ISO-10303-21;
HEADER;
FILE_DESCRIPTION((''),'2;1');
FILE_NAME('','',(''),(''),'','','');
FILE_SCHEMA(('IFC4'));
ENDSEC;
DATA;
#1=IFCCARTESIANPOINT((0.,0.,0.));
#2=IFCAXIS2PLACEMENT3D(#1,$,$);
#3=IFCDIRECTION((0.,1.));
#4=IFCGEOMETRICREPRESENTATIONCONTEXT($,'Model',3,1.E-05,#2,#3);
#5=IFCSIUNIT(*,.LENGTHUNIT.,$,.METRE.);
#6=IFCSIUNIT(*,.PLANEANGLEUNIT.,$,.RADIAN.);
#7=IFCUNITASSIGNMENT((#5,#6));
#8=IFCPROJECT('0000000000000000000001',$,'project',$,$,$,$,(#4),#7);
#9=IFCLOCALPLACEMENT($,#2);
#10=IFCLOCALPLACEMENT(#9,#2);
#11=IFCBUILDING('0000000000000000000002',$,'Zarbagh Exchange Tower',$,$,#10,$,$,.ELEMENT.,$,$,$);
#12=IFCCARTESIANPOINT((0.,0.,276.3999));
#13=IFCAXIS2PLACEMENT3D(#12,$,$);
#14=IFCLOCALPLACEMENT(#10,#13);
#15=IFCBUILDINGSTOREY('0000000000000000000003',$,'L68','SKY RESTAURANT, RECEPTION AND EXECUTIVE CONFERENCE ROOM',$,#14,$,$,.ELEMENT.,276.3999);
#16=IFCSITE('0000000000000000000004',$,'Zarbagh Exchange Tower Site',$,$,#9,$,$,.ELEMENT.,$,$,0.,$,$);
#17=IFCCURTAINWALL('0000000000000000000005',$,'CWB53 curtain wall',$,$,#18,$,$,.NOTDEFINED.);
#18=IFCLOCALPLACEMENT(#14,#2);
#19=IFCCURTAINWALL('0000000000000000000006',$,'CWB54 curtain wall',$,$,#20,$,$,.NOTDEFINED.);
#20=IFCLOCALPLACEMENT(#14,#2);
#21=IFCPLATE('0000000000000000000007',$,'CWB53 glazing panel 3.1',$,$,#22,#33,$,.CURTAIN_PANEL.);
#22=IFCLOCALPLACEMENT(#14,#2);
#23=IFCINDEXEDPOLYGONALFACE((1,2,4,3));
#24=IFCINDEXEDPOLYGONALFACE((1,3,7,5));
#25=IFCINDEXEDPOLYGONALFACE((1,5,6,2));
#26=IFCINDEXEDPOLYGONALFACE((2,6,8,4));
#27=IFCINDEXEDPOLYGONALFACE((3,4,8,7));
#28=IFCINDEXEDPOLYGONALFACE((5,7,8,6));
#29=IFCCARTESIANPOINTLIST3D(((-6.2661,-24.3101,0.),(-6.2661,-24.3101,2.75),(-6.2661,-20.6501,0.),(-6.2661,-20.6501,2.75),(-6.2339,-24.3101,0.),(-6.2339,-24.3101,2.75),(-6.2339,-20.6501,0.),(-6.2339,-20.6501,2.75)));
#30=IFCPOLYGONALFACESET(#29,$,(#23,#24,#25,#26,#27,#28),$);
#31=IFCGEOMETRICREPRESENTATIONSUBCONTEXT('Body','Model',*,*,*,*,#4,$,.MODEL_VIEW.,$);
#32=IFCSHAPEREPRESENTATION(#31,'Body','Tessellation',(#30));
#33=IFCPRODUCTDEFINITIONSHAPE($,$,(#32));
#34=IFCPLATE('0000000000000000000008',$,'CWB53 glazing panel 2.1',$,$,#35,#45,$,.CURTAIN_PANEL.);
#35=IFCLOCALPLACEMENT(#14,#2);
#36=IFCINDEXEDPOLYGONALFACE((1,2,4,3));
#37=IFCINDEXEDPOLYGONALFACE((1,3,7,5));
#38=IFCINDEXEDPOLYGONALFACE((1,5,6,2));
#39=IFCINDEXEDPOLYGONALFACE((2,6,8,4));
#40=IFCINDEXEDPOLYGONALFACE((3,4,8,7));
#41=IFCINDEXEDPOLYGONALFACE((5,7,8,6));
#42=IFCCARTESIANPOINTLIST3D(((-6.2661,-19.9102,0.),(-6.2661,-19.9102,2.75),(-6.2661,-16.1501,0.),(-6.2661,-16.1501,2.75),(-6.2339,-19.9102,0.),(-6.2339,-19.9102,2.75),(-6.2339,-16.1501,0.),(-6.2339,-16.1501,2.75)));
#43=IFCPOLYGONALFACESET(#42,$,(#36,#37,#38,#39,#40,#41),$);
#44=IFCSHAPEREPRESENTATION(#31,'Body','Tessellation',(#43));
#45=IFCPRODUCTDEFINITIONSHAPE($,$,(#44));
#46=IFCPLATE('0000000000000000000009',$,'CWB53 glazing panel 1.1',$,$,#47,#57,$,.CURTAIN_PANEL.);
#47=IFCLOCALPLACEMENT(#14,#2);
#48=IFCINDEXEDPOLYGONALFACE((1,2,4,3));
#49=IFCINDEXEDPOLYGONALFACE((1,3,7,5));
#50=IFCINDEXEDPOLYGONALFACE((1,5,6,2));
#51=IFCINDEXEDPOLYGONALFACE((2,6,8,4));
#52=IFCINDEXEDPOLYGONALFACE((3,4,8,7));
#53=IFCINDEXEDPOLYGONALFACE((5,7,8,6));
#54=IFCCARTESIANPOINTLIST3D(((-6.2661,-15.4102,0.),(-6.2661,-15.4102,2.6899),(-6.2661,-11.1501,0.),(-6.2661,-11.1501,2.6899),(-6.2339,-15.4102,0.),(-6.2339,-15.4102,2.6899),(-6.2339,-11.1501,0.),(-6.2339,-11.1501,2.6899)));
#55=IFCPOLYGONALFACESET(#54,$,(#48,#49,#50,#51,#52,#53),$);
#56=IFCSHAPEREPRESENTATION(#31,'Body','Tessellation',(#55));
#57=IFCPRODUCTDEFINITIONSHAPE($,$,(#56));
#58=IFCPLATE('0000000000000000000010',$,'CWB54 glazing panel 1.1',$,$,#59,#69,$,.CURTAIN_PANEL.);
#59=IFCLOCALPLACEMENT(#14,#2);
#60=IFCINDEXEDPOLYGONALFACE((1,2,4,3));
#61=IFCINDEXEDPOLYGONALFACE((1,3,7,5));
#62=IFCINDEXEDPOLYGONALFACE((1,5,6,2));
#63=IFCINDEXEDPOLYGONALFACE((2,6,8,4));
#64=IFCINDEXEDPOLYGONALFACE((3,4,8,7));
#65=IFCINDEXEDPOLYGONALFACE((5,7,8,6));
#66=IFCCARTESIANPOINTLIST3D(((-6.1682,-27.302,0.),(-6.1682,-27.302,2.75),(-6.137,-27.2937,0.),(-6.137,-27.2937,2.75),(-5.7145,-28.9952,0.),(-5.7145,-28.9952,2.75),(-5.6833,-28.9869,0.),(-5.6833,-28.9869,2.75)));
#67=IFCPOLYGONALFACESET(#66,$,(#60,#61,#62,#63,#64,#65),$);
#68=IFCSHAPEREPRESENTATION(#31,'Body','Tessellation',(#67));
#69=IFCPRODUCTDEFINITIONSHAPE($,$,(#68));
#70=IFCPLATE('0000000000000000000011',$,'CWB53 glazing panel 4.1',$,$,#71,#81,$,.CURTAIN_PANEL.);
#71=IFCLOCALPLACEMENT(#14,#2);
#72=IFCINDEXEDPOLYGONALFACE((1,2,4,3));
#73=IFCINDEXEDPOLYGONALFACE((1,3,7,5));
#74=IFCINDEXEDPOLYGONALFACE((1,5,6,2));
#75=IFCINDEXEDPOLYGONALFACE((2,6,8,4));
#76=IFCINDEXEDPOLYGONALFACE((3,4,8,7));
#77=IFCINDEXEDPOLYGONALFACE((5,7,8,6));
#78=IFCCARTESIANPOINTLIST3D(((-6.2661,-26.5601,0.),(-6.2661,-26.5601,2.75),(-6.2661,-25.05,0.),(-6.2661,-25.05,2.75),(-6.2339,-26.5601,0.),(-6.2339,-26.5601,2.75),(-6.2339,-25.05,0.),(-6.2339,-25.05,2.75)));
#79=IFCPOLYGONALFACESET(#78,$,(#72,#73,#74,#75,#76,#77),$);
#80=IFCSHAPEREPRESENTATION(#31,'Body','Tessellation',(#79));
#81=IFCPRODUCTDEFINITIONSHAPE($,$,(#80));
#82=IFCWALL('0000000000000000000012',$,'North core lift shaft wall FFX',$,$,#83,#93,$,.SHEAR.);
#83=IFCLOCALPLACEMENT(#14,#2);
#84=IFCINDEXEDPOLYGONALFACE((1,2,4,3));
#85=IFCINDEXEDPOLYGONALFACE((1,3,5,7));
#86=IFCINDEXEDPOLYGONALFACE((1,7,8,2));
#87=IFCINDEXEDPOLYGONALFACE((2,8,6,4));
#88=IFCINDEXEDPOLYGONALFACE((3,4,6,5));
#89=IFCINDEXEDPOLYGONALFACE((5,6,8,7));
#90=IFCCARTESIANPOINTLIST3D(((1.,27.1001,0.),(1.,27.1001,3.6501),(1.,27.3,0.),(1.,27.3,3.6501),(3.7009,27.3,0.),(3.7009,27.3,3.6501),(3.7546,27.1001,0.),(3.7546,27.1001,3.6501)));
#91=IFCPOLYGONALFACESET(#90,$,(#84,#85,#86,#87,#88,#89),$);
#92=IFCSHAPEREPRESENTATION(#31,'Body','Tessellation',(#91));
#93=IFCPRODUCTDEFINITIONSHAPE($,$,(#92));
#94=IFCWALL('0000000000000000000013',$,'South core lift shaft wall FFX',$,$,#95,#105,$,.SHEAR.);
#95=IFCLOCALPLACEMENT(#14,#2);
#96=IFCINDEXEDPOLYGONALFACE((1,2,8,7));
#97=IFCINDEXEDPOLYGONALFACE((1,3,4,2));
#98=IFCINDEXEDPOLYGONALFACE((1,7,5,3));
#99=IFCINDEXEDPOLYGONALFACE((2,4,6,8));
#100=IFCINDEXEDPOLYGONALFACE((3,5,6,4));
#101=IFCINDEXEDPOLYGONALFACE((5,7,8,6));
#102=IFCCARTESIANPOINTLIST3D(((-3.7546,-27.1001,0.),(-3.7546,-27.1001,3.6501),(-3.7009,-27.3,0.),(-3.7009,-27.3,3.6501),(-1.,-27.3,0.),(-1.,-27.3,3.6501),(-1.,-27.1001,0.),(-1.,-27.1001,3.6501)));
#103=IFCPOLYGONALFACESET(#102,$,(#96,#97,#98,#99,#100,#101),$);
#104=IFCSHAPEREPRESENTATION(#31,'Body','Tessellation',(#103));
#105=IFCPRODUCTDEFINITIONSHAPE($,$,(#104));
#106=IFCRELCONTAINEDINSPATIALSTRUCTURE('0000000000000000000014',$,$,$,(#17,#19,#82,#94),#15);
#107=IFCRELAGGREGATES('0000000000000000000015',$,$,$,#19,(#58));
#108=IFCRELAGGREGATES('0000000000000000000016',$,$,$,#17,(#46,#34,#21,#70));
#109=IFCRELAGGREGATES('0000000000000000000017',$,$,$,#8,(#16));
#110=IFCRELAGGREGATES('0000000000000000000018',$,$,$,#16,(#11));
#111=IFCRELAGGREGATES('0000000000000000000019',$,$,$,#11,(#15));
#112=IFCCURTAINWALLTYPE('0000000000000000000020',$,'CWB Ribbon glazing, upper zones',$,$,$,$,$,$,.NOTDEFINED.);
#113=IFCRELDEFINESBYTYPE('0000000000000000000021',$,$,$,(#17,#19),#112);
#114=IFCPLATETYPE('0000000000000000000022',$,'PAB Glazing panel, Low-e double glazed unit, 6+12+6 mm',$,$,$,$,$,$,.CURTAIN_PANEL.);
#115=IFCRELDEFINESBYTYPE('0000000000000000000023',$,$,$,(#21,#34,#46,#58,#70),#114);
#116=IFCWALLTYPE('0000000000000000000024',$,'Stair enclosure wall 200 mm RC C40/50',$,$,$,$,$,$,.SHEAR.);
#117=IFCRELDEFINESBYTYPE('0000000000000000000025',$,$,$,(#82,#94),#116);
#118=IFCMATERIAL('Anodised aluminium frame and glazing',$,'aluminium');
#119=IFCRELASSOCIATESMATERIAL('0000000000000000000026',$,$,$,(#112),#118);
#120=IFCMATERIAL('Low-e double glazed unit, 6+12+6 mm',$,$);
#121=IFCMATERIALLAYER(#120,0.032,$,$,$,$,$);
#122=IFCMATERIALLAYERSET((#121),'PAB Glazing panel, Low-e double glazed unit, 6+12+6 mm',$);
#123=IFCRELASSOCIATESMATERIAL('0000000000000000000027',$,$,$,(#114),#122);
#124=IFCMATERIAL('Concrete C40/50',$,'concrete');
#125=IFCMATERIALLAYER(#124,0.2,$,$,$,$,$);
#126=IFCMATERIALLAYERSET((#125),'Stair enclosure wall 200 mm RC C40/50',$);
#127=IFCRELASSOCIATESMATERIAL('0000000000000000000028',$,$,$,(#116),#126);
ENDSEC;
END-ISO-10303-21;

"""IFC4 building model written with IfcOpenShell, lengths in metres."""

from ifc_helpers import new_model, si_unit, direction, frame, origin, place, context, subcontext, project, spatial, polyline, outline, extrude, source, transform, mapped, material, layer, layer_set, type_object, element, aggregate, save


model = new_model("IFC4")

# Units and contexts
model_context = context("Model", 3, precision=1e-05, world=origin(), true_north=direction((0.0, 1.0)))
body_context = subcontext(model_context, "Body", "Model", "MODEL_VIEW")
ifc_project = project(units=[si_unit("LENGTHUNIT", "METRE"), si_unit("PLANEANGLEUNIT", "RADIAN")], contexts=[model_context])

# Site, building, storey
site_placement = place(None, origin())
site = spatial("IfcSite", under=ifc_project, at=site_placement, Name="Zarbagh Exchange Tower Site", CompositionType="ELEMENT", RefElevation=0.0)
building_placement = place(site_placement, origin())
building = spatial("IfcBuilding", under=site, at=building_placement, Name="Zarbagh Exchange Tower", CompositionType="ELEMENT")
storey_placement = place(building_placement, frame((0.0, 0.0, 276.3999)))
storey = spatial("IfcBuildingStorey", under=building, at=storey_placement, Name="L68", Description="SKY RESTAURANT, RECEPTION AND EXECUTIVE CONFERENCE ROOM", CompositionType="ELEMENT", Elevation=276.3999)

# Curtain wall
ifc_material_1 = material(Name="Anodised aluminium frame and glazing", Category="aluminium")
curtain_wall_type = type_object("IfcCurtainWallType", Name="CWB Ribbon glazing, upper zones", PredefinedType="NOTDEFINED", material=ifc_material_1)
curtain_wall_1_placement = place(storey_placement, origin())
curtain_wall_1 = element("IfcCurtainWall", 1, at=curtain_wall_1_placement, inside=storey, type_object=curtain_wall_type, Name="CWB53 curtain wall", PredefinedType="NOTDEFINED")
placement = place(storey_placement, origin())

# Curtain wall
curtain_wall_2_placement = place(storey_placement, origin())
curtain_wall_2 = element("IfcCurtainWall", 2, at=curtain_wall_2_placement, inside=storey, type_object=curtain_wall_type, Name="CWB54 curtain wall", PredefinedType="NOTDEFINED")

# Shared definitions
ifc_material_2 = material(Name="Concrete C40/50", Category="concrete")

# Shared definitions
ifc_material_3 = material(Name="Low-e double glazed unit, 6+12+6 mm")
ifc_layer_1 = layer(ifc_material_3, 0.032)
ifc_layer_set_1 = layer_set([ifc_layer_1], Name="PAB Glazing panel, Low-e double glazed unit, 6+12+6 mm")
plate_type = type_object("IfcPlateType", Name="PAB Glazing panel, Low-e double glazed unit, 6+12+6 mm", PredefinedType="CURTAIN_PANEL", material=ifc_layer_set_1)

# Plates
shared_shape_1 = source(origin(), body_context, "Body", "SweptSolid", [
    extrude(outline(polyline([(0.0, -0.0161), (3.6599, -0.0161), (3.6599, 0.0161), (0.0, 0.0161), (0.0, -0.0161)])), origin(), (0.0, 0.0, 1.0), 2.75),
])
plate_1 = element("IfcPlate", 3, at=placement, type_object=plate_type, Name="CWB53 glazing panel 3.1", PredefinedType="CURTAIN_PANEL", context=body_context, shape_type="MappedRepresentation", body=[
    mapped(shared_shape_1, transform((-6.25, -20.6501, 0.0), x_axis=(0.0, -1.0, 0.0), y_axis=(1.0, 0.0, 0.0), z_axis=(0.0, 0.0, 1.0))),
])
shared_shape_2 = source(origin(), body_context, "Body", "SweptSolid", [
    extrude(outline(polyline([(0.0, -0.0161), (3.76, -0.0161), (3.76, 0.0161), (0.0, 0.0161), (0.0, -0.0161)])), origin(), (0.0, 0.0, 1.0), 2.75),
])
plate_2 = element("IfcPlate", 4, at=placement, type_object=plate_type, Name="CWB53 glazing panel 2.1", PredefinedType="CURTAIN_PANEL", context=body_context, shape_type="MappedRepresentation", body=[
    mapped(shared_shape_2, transform((-6.25, -16.1501, 0.0), x_axis=(0.0, -1.0, 0.0), y_axis=(1.0, 0.0, 0.0), z_axis=(0.0, 0.0, 1.0))),
])
shared_shape_3 = source(origin(), body_context, "Body", "SweptSolid", [
    extrude(outline(polyline([(0.0, -0.0161), (4.26, -0.0161), (4.26, 0.0161), (0.0, 0.0161), (0.0, -0.0161)])), origin(), (0.0, 0.0, 1.0), 2.6899),
])
plate_3 = element("IfcPlate", 5, at=placement, type_object=plate_type, Name="CWB53 glazing panel 1.1", PredefinedType="CURTAIN_PANEL", context=body_context, shape_type="MappedRepresentation", body=[
    mapped(shared_shape_3, transform((-6.25, -11.1501, 0.0), x_axis=(0.0, -1.0, 0.0), y_axis=(1.0, 0.0, 0.0), z_axis=(0.0, 0.0, 1.0))),
])
shared_shape_4 = source(origin(), body_context, "Body", "SweptSolid", [
    extrude(outline(polyline([(0.0, -0.0161), (1.7529, -0.0161), (1.7529, 0.0161), (0.0, 0.0161), (0.0, -0.0161)])), origin(), (0.0, 0.0, 1.0), 2.75),
])
plate_4 = element("IfcPlate", 6, at=placement, type_object=plate_type, Name="CWB54 glazing panel 1.1", PredefinedType="CURTAIN_PANEL", context=body_context, shape_type="MappedRepresentation", body=[
    mapped(shared_shape_4, transform((-6.1526, -27.2979, 0.0), x_axis=(0.258825, -0.965924, 0.0), y_axis=(0.965924, 0.258825, 0.0), z_axis=(0.0, 0.0, 1.0))),
])
aggregate(curtain_wall_2, [plate_4])
shared_shape_5 = source(origin(), body_context, "Body", "SweptSolid", [
    extrude(outline(polyline([(0.0, -0.0161), (1.51, -0.0161), (1.51, 0.0161), (0.0, 0.0161), (0.0, -0.0161)])), origin(), (0.0, 0.0, 1.0), 2.75),
])
plate_5 = element("IfcPlate", 7, at=placement, type_object=plate_type, Name="CWB53 glazing panel 4.1", PredefinedType="CURTAIN_PANEL", context=body_context, shape_type="MappedRepresentation", body=[
    mapped(shared_shape_5, transform((-6.25, -25.05, 0.0), x_axis=(0.0, -1.0, 0.0), y_axis=(1.0, 0.0, 0.0), z_axis=(0.0, 0.0, 1.0))),
])
aggregate(curtain_wall_1, [plate_3, plate_2, plate_1, plate_5])

# Walls
ifc_layer_2 = layer(ifc_material_2, 0.2)
ifc_layer_set_2 = layer_set([ifc_layer_2], Name="Stair enclosure wall 200 mm RC C40/50")
wall_type = type_object("IfcWallType", Name="Stair enclosure wall 200 mm RC C40/50", PredefinedType="SHEAR", material=ifc_layer_set_2)
wall_1_placement = place(storey_placement, origin())
element("IfcWall", 8, at=wall_1_placement, inside=storey, type_object=wall_type, Name="North core lift shaft wall FFX", PredefinedType="SHEAR", context=body_context, shape_type="SweptSolid", body=[
    extrude(outline(polyline([(1.0, 27.1001), (3.7546, 27.1001), (3.7009, 27.3), (1.0, 27.3), (1.0, 27.1001)])), origin(), (0.0, 0.0, 1.0), 3.6501),
])
wall_2_placement = place(storey_placement, origin())
element("IfcWall", 9, at=wall_2_placement, inside=storey, type_object=wall_type, Name="South core lift shaft wall FFX", PredefinedType="SHEAR", context=body_context, shape_type="SweptSolid", body=[
    extrude(outline(polyline([(-1.0, -27.1001), (-3.7546, -27.1001), (-3.7009, -27.3), (-1.0, -27.3), (-1.0, -27.1001)])), origin(), (0.0, 0.0, 1.0), 3.6501),
])

save(model, "model.ifc")
